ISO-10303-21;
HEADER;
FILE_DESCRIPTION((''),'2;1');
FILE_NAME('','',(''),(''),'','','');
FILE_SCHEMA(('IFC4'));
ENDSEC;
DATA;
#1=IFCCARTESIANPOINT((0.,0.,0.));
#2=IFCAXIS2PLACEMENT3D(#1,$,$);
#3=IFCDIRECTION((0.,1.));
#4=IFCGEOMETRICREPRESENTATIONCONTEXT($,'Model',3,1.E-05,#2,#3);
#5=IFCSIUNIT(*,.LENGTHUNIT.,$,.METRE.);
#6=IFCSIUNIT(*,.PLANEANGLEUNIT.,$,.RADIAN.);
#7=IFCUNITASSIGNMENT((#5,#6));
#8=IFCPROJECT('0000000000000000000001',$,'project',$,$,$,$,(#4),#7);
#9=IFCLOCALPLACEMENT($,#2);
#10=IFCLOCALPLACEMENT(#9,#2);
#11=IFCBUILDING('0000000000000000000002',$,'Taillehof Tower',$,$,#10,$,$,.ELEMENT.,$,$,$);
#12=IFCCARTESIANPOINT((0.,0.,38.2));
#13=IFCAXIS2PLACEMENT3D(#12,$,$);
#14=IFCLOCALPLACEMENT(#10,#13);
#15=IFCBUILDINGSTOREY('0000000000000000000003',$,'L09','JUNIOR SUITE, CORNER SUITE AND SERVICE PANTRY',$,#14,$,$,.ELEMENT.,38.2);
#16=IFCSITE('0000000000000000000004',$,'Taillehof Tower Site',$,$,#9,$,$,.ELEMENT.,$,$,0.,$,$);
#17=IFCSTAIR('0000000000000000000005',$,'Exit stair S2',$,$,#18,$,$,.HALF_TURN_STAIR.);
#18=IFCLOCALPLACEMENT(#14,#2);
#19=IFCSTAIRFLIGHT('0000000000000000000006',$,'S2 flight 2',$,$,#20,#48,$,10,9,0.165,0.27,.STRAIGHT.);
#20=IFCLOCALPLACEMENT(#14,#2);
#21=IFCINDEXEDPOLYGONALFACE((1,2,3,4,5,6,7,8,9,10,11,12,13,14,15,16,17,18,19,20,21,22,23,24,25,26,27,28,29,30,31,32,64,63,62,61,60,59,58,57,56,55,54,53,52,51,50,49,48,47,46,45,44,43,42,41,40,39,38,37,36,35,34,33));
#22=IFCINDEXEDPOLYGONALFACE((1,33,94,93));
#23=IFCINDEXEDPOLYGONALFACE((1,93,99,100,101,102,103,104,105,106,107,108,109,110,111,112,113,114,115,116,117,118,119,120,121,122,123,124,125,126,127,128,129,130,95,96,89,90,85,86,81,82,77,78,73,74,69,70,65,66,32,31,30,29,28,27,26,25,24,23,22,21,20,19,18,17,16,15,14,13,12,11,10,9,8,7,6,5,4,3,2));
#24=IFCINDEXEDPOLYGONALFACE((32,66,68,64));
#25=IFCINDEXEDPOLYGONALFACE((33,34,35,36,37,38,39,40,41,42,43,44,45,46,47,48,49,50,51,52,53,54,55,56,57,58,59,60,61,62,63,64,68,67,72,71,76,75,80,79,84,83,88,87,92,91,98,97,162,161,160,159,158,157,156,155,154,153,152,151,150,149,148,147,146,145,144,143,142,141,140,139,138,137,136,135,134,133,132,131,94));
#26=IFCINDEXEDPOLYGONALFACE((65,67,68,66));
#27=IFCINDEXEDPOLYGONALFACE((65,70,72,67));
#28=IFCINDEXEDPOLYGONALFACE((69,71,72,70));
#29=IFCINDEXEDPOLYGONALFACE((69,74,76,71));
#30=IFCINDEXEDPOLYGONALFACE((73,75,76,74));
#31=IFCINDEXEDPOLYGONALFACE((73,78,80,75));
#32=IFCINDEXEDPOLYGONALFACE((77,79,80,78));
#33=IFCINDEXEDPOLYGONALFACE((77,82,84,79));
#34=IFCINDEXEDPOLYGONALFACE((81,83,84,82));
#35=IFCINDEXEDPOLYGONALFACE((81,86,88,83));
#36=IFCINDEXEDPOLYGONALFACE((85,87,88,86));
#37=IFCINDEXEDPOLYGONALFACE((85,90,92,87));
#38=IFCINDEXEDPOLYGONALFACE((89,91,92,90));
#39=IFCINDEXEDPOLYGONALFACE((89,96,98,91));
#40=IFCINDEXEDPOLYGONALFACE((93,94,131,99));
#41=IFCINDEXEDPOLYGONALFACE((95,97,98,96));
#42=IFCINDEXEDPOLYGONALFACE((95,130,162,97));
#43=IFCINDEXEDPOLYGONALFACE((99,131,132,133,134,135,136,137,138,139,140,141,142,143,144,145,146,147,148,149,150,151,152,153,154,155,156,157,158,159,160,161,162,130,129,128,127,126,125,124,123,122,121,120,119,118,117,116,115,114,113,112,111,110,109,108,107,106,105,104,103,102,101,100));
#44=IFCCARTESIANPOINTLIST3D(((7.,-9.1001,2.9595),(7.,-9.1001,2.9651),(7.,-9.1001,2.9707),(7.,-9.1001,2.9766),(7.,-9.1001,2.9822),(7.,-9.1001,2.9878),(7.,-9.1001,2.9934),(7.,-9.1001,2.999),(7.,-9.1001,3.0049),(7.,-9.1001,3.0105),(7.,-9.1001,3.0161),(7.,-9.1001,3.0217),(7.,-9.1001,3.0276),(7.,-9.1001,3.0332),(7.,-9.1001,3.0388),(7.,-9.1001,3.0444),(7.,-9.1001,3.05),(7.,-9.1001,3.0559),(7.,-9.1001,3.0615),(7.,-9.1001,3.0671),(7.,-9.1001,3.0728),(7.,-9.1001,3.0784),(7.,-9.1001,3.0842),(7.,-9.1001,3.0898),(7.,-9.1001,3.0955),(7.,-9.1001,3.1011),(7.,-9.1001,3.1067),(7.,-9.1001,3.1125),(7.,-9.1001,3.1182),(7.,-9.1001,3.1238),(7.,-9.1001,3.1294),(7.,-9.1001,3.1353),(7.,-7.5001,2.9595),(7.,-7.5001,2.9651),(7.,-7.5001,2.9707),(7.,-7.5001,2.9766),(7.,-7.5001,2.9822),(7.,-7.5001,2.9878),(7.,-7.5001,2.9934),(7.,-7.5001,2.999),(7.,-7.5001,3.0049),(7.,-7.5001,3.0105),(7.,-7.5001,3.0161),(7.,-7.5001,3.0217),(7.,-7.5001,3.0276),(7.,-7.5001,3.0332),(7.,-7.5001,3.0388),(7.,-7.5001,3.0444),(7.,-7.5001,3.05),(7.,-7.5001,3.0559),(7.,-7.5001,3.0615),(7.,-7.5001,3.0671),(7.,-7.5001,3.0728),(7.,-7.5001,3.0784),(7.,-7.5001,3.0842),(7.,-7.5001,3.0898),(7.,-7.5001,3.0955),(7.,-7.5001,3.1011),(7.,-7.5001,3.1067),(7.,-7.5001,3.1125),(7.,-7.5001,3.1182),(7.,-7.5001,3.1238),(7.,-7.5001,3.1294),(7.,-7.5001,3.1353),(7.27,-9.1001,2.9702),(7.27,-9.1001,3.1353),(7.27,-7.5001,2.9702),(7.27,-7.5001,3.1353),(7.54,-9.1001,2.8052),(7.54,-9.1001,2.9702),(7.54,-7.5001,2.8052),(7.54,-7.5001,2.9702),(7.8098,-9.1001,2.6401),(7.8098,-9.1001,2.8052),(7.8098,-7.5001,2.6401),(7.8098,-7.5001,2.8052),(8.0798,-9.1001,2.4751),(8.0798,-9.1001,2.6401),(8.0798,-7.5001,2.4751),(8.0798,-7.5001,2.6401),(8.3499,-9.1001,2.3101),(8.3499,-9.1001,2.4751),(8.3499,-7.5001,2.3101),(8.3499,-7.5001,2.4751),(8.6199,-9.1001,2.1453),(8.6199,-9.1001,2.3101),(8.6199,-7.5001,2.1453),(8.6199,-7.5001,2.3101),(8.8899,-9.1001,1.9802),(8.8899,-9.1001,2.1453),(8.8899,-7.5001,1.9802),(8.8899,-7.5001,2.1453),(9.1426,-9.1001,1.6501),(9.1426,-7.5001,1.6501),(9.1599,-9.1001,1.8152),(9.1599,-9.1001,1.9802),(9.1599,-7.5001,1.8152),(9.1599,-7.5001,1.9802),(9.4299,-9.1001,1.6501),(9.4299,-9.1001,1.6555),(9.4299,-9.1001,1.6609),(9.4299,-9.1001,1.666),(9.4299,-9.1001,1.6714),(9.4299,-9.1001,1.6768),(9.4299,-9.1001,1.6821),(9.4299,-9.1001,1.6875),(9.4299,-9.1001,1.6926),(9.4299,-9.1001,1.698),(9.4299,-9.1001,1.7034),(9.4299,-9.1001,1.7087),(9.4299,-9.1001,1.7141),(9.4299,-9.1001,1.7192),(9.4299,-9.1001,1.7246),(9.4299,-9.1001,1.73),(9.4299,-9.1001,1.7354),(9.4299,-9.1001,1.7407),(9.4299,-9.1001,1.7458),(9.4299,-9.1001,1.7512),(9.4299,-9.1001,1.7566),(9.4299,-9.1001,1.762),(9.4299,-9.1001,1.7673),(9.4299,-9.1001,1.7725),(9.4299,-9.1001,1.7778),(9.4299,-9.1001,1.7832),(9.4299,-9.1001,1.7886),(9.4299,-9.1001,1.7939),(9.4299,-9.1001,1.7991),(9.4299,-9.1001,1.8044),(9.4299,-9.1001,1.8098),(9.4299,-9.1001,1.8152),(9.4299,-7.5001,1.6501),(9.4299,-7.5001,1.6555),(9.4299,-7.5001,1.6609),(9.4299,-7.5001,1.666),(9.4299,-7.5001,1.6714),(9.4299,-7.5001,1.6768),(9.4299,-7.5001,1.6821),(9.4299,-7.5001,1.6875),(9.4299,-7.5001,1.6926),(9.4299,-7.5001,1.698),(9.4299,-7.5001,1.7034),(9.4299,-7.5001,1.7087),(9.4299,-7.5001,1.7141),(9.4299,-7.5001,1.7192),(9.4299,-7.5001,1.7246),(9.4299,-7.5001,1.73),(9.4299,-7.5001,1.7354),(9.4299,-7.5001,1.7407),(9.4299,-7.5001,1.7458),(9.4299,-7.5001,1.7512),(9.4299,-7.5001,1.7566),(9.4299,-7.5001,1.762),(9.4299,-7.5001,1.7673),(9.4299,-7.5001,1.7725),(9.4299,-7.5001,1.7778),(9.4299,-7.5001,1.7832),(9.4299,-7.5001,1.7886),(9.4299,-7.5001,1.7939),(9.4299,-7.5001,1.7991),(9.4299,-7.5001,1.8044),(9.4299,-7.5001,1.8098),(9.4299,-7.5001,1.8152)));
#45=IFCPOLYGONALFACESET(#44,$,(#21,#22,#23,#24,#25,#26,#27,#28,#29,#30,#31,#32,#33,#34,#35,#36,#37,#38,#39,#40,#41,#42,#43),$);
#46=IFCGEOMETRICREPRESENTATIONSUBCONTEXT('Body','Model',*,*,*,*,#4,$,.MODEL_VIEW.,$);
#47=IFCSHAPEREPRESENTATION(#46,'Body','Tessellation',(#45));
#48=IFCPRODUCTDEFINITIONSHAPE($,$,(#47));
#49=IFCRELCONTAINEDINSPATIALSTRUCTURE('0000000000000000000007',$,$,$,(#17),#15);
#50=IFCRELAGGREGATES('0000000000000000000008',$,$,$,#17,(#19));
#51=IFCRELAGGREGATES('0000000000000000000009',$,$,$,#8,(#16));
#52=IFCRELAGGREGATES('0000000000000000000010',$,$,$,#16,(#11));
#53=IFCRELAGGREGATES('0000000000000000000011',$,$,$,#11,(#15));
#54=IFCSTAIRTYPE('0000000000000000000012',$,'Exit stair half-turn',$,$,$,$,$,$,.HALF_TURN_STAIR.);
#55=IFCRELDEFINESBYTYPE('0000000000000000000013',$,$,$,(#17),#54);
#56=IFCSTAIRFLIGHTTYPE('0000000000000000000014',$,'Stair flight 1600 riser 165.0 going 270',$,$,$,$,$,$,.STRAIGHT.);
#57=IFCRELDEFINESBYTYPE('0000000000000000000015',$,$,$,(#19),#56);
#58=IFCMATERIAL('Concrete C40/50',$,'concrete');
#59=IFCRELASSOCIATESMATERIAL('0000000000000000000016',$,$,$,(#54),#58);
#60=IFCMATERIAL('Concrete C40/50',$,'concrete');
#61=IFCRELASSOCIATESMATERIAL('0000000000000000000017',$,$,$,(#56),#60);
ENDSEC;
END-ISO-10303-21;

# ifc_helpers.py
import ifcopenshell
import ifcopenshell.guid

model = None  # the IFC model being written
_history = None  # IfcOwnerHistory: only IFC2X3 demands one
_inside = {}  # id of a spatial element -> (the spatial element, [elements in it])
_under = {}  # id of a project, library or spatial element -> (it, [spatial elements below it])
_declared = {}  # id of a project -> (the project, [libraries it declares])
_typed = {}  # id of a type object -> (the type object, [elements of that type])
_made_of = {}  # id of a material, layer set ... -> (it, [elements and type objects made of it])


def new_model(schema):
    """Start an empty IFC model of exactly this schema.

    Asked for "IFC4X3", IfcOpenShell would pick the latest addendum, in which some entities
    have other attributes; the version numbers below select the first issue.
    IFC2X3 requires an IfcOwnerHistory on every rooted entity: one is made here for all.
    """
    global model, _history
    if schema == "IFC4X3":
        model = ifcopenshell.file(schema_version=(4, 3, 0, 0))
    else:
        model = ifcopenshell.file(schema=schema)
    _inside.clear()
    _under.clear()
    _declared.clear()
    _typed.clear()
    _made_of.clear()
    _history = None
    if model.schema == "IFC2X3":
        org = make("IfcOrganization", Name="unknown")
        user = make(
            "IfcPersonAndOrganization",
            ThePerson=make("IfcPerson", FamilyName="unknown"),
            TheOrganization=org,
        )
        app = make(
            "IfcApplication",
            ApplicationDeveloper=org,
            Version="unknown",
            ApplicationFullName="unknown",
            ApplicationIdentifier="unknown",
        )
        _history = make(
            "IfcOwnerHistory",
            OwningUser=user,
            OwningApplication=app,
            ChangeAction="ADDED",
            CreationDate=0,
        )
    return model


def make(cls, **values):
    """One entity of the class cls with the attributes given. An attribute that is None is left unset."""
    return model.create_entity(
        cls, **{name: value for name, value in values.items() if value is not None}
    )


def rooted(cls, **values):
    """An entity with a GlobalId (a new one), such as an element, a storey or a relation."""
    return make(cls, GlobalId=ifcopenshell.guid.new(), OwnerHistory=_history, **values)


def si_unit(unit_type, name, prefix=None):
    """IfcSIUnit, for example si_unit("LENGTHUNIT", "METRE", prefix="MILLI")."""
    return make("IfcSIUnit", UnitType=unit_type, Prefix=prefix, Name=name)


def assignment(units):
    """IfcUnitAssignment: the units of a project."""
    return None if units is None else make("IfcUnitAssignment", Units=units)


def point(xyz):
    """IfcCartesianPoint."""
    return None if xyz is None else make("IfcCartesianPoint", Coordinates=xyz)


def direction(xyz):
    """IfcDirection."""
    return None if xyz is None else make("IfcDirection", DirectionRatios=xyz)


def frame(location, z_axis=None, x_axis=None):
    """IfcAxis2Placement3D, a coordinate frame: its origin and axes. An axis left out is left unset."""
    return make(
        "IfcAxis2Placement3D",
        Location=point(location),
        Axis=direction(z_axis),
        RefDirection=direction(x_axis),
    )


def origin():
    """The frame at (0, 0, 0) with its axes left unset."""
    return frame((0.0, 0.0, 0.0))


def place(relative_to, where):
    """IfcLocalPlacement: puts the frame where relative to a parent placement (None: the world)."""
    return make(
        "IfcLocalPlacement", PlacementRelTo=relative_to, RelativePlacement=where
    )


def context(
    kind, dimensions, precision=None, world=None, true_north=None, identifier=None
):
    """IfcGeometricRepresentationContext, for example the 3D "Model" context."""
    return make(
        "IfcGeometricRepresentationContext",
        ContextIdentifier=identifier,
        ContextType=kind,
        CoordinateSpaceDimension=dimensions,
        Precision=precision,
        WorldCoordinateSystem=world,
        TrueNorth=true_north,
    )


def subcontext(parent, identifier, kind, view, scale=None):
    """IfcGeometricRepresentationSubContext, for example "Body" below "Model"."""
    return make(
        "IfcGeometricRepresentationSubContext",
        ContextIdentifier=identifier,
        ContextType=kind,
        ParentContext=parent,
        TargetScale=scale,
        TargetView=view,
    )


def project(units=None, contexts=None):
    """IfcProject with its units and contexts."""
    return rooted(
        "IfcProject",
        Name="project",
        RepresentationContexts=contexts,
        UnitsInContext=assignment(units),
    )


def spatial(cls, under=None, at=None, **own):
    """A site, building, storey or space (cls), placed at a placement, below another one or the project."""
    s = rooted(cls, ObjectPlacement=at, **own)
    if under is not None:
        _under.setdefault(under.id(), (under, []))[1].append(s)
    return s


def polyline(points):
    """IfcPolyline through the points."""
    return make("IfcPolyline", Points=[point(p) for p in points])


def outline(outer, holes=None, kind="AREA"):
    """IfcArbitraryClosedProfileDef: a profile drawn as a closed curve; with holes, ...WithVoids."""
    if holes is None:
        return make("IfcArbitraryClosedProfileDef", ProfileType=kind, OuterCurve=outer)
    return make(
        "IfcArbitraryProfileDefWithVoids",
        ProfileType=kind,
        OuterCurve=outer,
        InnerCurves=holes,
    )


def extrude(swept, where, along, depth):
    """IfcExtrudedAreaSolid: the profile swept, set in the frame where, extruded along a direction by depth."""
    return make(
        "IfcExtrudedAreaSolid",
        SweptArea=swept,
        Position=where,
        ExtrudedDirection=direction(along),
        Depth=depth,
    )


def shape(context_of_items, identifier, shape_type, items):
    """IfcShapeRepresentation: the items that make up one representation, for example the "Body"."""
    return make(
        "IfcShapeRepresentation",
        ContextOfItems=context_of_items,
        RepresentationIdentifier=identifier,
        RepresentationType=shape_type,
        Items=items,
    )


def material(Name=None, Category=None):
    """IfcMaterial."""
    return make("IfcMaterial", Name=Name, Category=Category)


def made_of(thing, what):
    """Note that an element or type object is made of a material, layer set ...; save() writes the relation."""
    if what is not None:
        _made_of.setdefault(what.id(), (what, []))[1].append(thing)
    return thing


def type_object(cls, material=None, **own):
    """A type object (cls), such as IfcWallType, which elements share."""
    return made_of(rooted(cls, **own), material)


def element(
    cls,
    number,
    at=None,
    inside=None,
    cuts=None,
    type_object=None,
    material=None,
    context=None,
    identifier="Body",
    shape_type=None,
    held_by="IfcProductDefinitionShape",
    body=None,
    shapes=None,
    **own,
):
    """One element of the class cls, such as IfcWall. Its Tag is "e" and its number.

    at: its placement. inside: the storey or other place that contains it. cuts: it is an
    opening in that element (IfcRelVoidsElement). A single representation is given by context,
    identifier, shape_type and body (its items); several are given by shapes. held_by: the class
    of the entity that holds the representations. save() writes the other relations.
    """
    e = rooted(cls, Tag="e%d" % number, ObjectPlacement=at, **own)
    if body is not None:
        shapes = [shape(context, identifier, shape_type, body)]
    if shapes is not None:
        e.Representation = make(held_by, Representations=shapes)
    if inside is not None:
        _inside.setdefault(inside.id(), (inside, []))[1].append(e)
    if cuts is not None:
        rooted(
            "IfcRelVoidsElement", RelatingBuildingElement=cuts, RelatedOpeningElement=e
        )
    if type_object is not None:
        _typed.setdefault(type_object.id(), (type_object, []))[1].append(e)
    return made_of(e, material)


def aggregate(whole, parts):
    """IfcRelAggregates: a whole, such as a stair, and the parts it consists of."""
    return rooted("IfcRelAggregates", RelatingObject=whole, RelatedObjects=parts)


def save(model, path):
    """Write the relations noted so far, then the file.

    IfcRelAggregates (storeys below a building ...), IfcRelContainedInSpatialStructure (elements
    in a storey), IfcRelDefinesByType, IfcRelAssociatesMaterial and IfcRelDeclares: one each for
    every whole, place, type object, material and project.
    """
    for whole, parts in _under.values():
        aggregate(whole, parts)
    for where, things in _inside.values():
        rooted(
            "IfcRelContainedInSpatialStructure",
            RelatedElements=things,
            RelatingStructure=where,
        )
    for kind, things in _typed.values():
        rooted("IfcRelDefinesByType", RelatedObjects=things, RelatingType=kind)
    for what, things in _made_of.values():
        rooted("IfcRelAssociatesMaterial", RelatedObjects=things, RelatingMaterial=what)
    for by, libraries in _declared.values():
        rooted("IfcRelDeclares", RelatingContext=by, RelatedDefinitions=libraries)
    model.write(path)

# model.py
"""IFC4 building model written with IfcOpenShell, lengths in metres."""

from ifc_helpers import new_model, si_unit, direction, frame, origin, place, context, subcontext, project, spatial, polyline, outline, extrude, material, type_object, element, aggregate, save


model = new_model("IFC4")

# Units and contexts
model_context = context("Model", 3, precision=1e-05, world=origin(), true_north=direction((0.0, 1.0)))
body_context = subcontext(model_context, "Body", "Model", "MODEL_VIEW")
ifc_project = project(units=[si_unit("LENGTHUNIT", "METRE"), si_unit("PLANEANGLEUNIT", "RADIAN")], contexts=[model_context])

# Site, building, storey
site_placement = place(None, origin())
site = spatial("IfcSite", under=ifc_project, at=site_placement, Name="Taillehof Tower Site", CompositionType="ELEMENT", RefElevation=0.0)
building_placement = place(site_placement, origin())
building = spatial("IfcBuilding", under=site, at=building_placement, Name="Taillehof Tower", CompositionType="ELEMENT")
storey_placement = place(building_placement, frame((0.0, 0.0, 38.2)))
storey = spatial("IfcBuildingStorey", under=building, at=storey_placement, Name="L09", Description="JUNIOR SUITE, CORNER SUITE AND SERVICE PANTRY", CompositionType="ELEMENT", Elevation=38.2)

# Stair, stair flight
ifc_material_1 = material(Name="Concrete C40/50", Category="concrete")
stair_type = type_object("IfcStairType", Name="Exit stair half-turn", PredefinedType="HALF_TURN_STAIR", material=ifc_material_1)
stair_placement = place(storey_placement, origin())
stair = element("IfcStair", 1, at=stair_placement, inside=storey, type_object=stair_type, Name="Exit stair S2", PredefinedType="HALF_TURN_STAIR")
ifc_material_2 = material(Name="Concrete C40/50", Category="concrete")
stair_flight_type = type_object("IfcStairFlightType", Name="Stair flight 1600 riser 165.0 going 270", PredefinedType="STRAIGHT", material=ifc_material_2)
stair_flight_1_placement = place(storey_placement, frame((9.4299, -8.3, 1.6501), z_axis=(0.0, 0.0, 1.0), x_axis=(-1.0, 0.0, 0.0)))
stair_flight_1 = element("IfcStairFlight", 2, at=stair_flight_1_placement, type_object=stair_flight_type, Name="S2 flight 2", NumberOfRisers=10, NumberOfTreads=9, PredefinedType="STRAIGHT", RiserHeight=0.165, TreadLength=0.27, context=body_context, shape_type="SweptSolid", body=[
    extrude(outline(polyline([(0.0, 0.0), (0.0, 0.0054), (0.0, 0.0107), (0.0, 0.0159), (0.0, 0.0212), (0.0, 0.0266), (0.0, 0.032), (0.0, 0.0374), (0.0, 0.0425), (0.0, 0.0479), (0.0, 0.0532), (0.0, 0.0586), (0.0, 0.064), (0.0, 0.0691), (0.0, 0.0745), (0.0, 0.0798), (0.0, 0.0852), (0.0, 0.0906), (0.0, 0.0957), (0.0, 0.1011), (0.0, 0.1064), (0.0, 0.1118), (0.0, 0.1172), (0.0, 0.1223), (0.0, 0.1277), (0.0, 0.1331), (0.0, 0.1384), (0.0, 0.1438), (0.0, 0.1489), (0.0, 0.1543), (0.0, 0.1597), (0.0, 0.165), (0.27, 0.165), (0.27, 0.3301), (0.54, 0.3301), (0.54, 0.4951), (0.8101, 0.4951), (0.8101, 0.6599), (1.0801, 0.6599), (1.0801, 0.825), (1.3501, 0.825), (1.3501, 0.99), (1.6201, 0.99), (1.6201, 1.155), (1.8899, 1.155), (1.8899, 1.3201), (2.1599, 1.3201), (2.1599, 1.4851), (2.4299, 1.4851), (2.4299, 1.4792), (2.4299, 1.4736), (2.4299, 1.468), (2.4299, 1.4624), (2.4299, 1.4565), (2.4299, 1.4509), (2.4299, 1.4453), (2.4299, 1.4397), (2.4299, 1.4341), (2.4299, 1.4282), (2.4299, 1.4226), (2.4299, 1.417), (2.4299, 1.4114), (2.4299, 1.4058), (2.4299, 1.3999), (2.4299, 1.3943), (2.4299, 1.3887), (2.4299, 1.3831), (2.4299, 1.3774), (2.4299, 1.3716), (2.4299, 1.366), (2.4299, 1.3604), (2.4299, 1.3547), (2.4299, 1.3489), (2.4299, 1.3433), (2.4299, 1.3376), (2.4299, 1.332), (2.4299, 1.3264), (2.4299, 1.3206), (2.4299, 1.3149), (2.4299, 1.3093), (0.2874, 0.0), (0.0, 0.0)])), frame((0.0, 0.8, 0.0), z_axis=(0.0, -1.0, 0.0), x_axis=(1.0, 0.0, 0.0)), (0.0, 0.0, 1.0), 1.6),
])
aggregate(stair, [stair_flight_1])

save(model, "model.ifc")
